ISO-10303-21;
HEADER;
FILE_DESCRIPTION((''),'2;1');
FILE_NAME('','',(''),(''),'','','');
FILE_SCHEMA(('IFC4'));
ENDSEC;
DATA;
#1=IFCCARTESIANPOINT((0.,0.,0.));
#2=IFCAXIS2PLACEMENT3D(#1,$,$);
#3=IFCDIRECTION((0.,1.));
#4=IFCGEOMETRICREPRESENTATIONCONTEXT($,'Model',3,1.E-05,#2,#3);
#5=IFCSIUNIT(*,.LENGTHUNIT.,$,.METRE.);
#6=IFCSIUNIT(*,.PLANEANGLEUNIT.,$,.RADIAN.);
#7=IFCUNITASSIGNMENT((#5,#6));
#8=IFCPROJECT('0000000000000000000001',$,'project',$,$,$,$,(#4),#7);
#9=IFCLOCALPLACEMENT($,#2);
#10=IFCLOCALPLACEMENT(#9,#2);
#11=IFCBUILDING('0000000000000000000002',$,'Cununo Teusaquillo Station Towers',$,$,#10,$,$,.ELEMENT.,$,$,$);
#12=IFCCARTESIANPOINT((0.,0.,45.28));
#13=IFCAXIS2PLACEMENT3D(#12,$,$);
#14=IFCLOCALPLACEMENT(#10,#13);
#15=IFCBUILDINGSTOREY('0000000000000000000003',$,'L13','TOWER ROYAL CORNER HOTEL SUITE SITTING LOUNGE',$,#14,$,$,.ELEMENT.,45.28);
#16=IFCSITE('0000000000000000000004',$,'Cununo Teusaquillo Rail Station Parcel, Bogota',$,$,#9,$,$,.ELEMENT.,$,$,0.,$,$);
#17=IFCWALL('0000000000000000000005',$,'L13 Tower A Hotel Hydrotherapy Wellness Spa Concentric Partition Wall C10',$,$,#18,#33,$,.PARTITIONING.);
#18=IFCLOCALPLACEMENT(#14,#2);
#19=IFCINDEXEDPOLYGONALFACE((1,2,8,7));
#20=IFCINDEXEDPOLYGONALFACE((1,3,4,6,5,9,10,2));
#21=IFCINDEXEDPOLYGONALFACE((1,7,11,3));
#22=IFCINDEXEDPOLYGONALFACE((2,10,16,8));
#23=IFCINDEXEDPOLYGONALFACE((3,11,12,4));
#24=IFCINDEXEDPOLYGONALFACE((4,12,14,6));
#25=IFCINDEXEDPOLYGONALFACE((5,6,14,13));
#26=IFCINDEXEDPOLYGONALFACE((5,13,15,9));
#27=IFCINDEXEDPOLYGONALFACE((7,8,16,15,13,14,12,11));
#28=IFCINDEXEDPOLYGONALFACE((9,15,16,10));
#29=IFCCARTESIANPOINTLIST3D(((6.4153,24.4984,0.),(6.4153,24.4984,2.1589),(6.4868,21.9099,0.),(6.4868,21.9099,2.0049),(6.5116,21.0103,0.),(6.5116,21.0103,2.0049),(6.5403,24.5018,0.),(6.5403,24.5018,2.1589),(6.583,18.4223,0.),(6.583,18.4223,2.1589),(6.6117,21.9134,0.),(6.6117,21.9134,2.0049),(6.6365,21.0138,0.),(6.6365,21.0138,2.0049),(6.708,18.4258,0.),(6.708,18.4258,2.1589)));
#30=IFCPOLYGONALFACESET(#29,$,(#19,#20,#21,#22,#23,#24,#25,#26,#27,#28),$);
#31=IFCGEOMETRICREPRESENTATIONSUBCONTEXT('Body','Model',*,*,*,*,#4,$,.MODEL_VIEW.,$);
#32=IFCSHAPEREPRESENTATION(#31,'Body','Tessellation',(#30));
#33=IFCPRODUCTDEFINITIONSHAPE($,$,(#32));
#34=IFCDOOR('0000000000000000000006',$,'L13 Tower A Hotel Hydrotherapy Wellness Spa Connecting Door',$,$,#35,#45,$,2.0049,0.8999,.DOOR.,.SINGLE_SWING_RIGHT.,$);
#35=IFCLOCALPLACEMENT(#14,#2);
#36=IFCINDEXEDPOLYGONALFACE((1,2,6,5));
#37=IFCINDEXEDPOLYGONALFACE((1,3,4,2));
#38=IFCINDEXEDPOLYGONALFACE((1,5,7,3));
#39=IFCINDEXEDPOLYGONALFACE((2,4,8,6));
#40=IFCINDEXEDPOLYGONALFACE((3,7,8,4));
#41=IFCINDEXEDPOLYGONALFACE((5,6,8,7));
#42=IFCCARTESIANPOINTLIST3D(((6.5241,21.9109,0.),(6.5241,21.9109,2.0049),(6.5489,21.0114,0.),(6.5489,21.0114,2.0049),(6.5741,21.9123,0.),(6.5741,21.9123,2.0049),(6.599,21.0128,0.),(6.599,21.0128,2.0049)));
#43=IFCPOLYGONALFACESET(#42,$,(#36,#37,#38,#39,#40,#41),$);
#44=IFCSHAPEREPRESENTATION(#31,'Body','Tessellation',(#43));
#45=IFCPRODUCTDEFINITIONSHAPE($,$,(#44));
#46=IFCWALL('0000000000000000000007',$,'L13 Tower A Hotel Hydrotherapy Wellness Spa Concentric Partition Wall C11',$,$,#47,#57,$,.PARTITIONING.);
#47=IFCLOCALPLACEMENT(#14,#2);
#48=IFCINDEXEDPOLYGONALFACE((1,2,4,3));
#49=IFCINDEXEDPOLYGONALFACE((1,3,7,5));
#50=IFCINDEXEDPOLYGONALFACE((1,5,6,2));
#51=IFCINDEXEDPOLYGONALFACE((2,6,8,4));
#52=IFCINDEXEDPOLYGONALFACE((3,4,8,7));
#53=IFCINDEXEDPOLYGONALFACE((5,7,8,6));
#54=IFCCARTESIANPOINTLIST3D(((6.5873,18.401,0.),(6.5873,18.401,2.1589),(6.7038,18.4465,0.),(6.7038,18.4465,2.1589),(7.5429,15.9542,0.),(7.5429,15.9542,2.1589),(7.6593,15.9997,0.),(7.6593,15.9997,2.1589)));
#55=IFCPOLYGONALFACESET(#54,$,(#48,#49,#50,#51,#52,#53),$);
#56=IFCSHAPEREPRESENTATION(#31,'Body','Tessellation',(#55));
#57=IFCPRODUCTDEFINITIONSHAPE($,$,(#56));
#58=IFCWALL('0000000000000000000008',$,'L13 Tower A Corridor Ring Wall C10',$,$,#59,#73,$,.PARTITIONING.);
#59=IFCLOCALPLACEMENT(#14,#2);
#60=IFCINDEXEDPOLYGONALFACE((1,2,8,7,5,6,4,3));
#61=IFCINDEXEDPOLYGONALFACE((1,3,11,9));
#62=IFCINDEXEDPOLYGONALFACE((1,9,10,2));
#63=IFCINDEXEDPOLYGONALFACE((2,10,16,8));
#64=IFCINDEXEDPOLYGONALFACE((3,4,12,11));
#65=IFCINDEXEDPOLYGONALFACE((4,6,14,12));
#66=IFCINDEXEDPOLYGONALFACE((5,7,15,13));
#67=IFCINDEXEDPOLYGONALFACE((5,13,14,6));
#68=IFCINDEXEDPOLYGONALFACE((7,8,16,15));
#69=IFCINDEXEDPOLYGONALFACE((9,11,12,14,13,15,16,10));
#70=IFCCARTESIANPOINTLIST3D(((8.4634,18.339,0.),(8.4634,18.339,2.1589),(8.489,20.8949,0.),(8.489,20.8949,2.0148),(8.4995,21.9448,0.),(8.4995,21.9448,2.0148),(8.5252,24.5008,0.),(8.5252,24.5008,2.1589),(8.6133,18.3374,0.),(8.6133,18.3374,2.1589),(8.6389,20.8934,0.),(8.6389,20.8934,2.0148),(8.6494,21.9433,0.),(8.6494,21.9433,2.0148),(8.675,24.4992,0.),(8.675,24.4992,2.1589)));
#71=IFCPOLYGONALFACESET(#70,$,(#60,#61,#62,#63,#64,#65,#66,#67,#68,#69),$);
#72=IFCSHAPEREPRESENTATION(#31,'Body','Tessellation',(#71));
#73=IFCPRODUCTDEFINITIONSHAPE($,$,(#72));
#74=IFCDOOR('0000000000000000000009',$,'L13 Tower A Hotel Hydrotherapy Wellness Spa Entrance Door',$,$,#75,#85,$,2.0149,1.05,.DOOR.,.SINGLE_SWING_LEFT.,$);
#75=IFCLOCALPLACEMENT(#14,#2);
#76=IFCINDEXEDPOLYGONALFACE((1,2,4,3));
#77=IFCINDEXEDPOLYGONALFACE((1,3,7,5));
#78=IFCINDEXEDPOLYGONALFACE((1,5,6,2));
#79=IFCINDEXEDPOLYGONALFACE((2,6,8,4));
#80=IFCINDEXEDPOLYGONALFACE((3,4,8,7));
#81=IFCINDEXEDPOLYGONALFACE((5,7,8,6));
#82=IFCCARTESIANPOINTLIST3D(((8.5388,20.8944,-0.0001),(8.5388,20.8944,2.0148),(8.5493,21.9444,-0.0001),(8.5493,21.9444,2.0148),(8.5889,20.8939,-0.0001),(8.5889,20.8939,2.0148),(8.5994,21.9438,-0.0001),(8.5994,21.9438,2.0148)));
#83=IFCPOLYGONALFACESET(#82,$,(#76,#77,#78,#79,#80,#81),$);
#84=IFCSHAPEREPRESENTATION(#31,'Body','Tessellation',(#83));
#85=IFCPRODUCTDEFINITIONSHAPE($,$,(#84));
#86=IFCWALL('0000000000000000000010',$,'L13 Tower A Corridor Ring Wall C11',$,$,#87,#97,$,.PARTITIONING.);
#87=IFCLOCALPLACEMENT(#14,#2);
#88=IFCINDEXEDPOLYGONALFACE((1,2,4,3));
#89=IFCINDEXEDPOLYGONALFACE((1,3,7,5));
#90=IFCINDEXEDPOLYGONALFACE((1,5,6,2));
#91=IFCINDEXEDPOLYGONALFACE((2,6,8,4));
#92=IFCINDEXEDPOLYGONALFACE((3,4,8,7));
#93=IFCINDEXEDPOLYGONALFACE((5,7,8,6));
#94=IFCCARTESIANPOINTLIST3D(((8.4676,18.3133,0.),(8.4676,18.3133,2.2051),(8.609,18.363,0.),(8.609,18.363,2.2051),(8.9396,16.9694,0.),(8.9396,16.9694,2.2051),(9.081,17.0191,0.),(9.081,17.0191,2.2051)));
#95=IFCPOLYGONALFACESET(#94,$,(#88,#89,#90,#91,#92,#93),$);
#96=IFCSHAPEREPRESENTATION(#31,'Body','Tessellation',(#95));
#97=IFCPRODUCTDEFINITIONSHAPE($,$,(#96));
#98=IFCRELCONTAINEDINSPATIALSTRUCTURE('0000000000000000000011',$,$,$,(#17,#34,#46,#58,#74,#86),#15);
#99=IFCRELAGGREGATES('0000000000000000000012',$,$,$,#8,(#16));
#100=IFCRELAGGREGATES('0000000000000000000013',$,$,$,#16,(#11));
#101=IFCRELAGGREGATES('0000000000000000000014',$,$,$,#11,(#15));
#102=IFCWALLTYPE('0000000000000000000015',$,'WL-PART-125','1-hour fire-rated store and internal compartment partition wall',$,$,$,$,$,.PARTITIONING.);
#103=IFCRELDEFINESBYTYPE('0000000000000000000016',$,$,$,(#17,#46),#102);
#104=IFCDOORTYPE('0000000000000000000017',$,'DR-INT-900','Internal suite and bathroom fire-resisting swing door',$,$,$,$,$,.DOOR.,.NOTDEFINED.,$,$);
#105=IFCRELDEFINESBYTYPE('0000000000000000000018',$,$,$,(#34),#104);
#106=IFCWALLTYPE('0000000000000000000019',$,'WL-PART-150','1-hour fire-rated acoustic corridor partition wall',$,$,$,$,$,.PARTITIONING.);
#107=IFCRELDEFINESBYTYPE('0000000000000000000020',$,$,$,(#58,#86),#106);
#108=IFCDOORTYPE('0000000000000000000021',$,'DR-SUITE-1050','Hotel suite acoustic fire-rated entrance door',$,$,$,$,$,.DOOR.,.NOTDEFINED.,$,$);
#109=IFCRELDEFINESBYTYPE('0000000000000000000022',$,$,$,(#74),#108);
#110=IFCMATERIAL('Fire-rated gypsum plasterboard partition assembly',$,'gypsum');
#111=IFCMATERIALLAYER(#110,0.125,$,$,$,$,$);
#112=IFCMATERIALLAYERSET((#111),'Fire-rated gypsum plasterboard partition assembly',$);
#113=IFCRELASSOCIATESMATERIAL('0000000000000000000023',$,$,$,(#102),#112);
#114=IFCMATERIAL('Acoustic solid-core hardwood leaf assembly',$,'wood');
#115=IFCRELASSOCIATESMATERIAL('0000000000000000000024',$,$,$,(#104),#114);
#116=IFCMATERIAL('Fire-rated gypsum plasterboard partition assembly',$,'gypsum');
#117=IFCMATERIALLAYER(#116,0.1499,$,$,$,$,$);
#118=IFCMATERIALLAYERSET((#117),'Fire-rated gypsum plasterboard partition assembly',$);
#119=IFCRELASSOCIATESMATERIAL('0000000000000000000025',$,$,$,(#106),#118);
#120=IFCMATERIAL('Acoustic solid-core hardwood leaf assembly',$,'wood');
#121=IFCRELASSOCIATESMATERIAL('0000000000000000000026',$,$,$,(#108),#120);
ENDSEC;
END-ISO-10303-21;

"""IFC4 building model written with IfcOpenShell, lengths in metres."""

from ifc_helpers import new_model, si_unit, direction, frame, frame_2d, origin, place, context, subcontext, project, spatial, rectangle, extrude, source, transform, mapped, material, layer, layer_set, type_object, element, fill, save


model = new_model("IFC4")

# Units and contexts
model_context = context("Model", 3, precision=1e-05, world=origin(), true_north=direction((0.0, 1.0)))
body_context = subcontext(model_context, "Body", "Model", "MODEL_VIEW")
ifc_project = project(units=[si_unit("LENGTHUNIT", "METRE"), si_unit("PLANEANGLEUNIT", "RADIAN")], contexts=[model_context])

# Site, building, storey
site_placement = place(None, origin())
site = spatial("IfcSite", under=ifc_project, at=site_placement, Name="Cununo Teusaquillo Rail Station Parcel, Bogota", CompositionType="ELEMENT", RefElevation=0.0)
building_placement = place(site_placement, origin())
building = spatial("IfcBuilding", under=site, at=building_placement, Name="Cununo Teusaquillo Station Towers", CompositionType="ELEMENT")
storey_placement = place(building_placement, frame((0.0, 0.0, 45.28)))
storey = spatial("IfcBuildingStorey", under=building, at=storey_placement, Name="L13", Description="TOWER ROYAL CORNER HOTEL SUITE SITTING LOUNGE", CompositionType="ELEMENT", Elevation=45.28)

# Wall, opening, door
ifc_material_1 = material(Name="Fire-rated gypsum plasterboard partition assembly", Category="gypsum")
ifc_layer_1 = layer(ifc_material_1, 0.125)
ifc_layer_set_1 = layer_set([ifc_layer_1], Name="Fire-rated gypsum plasterboard partition assembly")
wall_type_1 = type_object("IfcWallType", Name="WL-PART-125", Description="1-hour fire-rated store and internal compartment partition wall", PredefinedType="PARTITIONING", material=ifc_layer_set_1)
wall_1_placement = place(storey_placement, frame((6.4778, 24.5, 0.0), z_axis=(0.0, 0.0, 1.0), x_axis=(0.027593, -0.999619, 0.0)))
wall_1 = element("IfcWall", 1, at=wall_1_placement, inside=storey, type_object=wall_type_1, Name="L13 Tower A Hotel Hydrotherapy Wellness Spa Concentric Partition Wall C10", PredefinedType="PARTITIONING", context=body_context, shape_type="SweptSolid", body=[
    extrude(rectangle(XDim=6.0784, YDim=0.125, at=frame_2d((3.0391, 0.0))), origin(), (0.0, 0.0, 1.0), 2.1589),
])
shared_shape_1 = source(origin(), body_context, "Body", "SweptSolid", [
    extrude(rectangle(XDim=0.8999, YDim=2.0049, at=frame_2d((0.45, 1.0024))), frame((0.0, 0.0725, 0.0), z_axis=(0.0, -1.0, 0.0), x_axis=(1.0, 0.0, 0.0)), (0.0, 0.0, 1.0), 0.145),
])
opening_1_placement = place(wall_1_placement, frame((2.5894, 0.0, 0.0)))
opening_1 = element("IfcOpeningElement", 2, at=opening_1_placement, cuts=wall_1, PredefinedType="OPENING", context=body_context, shape_type="MappedRepresentation", body=[
    mapped(shared_shape_1, transform((0.0, 0.0, 0.0), x_axis=(1.0, 0.0, 0.0), y_axis=(0.0, 1.0, 0.0), z_axis=(0.0, 0.0, 1.0), scale=1.0)),
])
ifc_material_2 = material(Name="Acoustic solid-core hardwood leaf assembly", Category="wood")
door_type_1 = type_object("IfcDoorType", Name="DR-INT-900", Description="Internal suite and bathroom fire-resisting swing door", OperationType="NOTDEFINED", PredefinedType="DOOR", material=ifc_material_2)
shared_shape_2 = source(origin(), body_context, "Body", "SweptSolid", [
    extrude(rectangle(XDim=0.8999, YDim=2.0049, at=frame_2d((0.45, 1.0024))), frame((0.0, 0.0249, 0.0), z_axis=(0.0, -1.0, 0.0), x_axis=(1.0, 0.0, 0.0)), (0.0, 0.0, 1.0), 0.05),
])
door_1_placement = place(opening_1_placement, origin())
door_1 = element("IfcDoor", 3, at=door_1_placement, inside=storey, type_object=door_type_1, Name="L13 Tower A Hotel Hydrotherapy Wellness Spa Connecting Door", OperationType="SINGLE_SWING_RIGHT", OverallHeight=2.0049, OverallWidth=0.8999, PredefinedType="DOOR", context=body_context, shape_type="MappedRepresentation", body=[
    mapped(shared_shape_2, transform((0.0, 0.0, 0.0), x_axis=(1.0, 0.0, 0.0), y_axis=(0.0, 1.0, 0.0), z_axis=(0.0, 0.0, 1.0), scale=1.0)),
])
fill(opening_1, door_1)

# Wall
wall_2_placement = place(storey_placement, frame((6.6455, 18.4238, 0.0), z_axis=(0.0, 0.0, 1.0), x_axis=(0.363782, -0.931484, 0.0)))
element("IfcWall", 4, at=wall_2_placement, inside=storey, type_object=wall_type_1, Name="L13 Tower A Hotel Hydrotherapy Wellness Spa Concentric Partition Wall C11", PredefinedType="PARTITIONING", context=body_context, shape_type="SweptSolid", body=[
    extrude(rectangle(XDim=2.6267, YDim=0.125, at=frame_2d((1.3135, 0.0))), origin(), (0.0, 0.0, 1.0), 2.1589),
])

# Wall, opening, door
ifc_material_3 = material(Name="Fire-rated gypsum plasterboard partition assembly", Category="gypsum")
ifc_layer_2 = layer(ifc_material_3, 0.1499)
ifc_layer_set_2 = layer_set([ifc_layer_2], Name="Fire-rated gypsum plasterboard partition assembly")
wall_type_2 = type_object("IfcWallType", Name="WL-PART-150", Description="1-hour fire-rated acoustic corridor partition wall", PredefinedType="PARTITIONING", material=ifc_layer_set_2)
wall_3_placement = place(storey_placement, frame((8.6001, 24.5, 0.0), z_axis=(0.0, 0.0, 1.0), x_axis=(-0.010024, -0.99995, 0.0)))
wall_3 = element("IfcWall", 5, at=wall_3_placement, inside=storey, type_object=wall_type_2, Name="L13 Tower A Corridor Ring Wall C10", PredefinedType="PARTITIONING", context=body_context, shape_type="SweptSolid", body=[
    extrude(rectangle(XDim=6.1621, YDim=0.1499, at=frame_2d((3.0811, 0.0))), origin(), (0.0, 0.0, 1.0), 2.1589),
])
shared_shape_3 = source(origin(), body_context, "Body", "SweptSolid", [
    extrude(rectangle(XDim=1.05, YDim=2.0149, at=frame_2d((0.5249, 1.0073))), frame((0.0, 0.085, 0.0), z_axis=(0.0, -1.0, 0.0), x_axis=(1.0, 0.0, 0.0)), (0.0, 0.0, 1.0), 0.1699),
])
opening_2_placement = place(wall_3_placement, frame((2.5562, 0.0, 0.0)))
opening_2 = element("IfcOpeningElement", 6, at=opening_2_placement, cuts=wall_3, PredefinedType="OPENING", context=body_context, shape_type="MappedRepresentation", body=[
    mapped(shared_shape_3, transform((0.0, 0.0, 0.0), x_axis=(1.0, 0.0, 0.0), y_axis=(0.0, 1.0, 0.0), z_axis=(0.0, 0.0, 1.0), scale=1.0)),
])
ifc_material_4 = material(Name="Acoustic solid-core hardwood leaf assembly", Category="wood")
door_type_2 = type_object("IfcDoorType", Name="DR-SUITE-1050", Description="Hotel suite acoustic fire-rated entrance door", OperationType="NOTDEFINED", PredefinedType="DOOR", material=ifc_material_4)
shared_shape_4 = source(origin(), body_context, "Body", "SweptSolid", [
    extrude(rectangle(XDim=1.05, YDim=2.0149, at=frame_2d((0.5249, 1.0073))), frame((0.0, 0.0249, 0.0), z_axis=(0.0, -1.0, 0.0), x_axis=(1.0, 0.0, 0.0)), (0.0, 0.0, 1.0), 0.05),
])
door_2_placement = place(opening_2_placement, origin())
door_2 = element("IfcDoor", 7, at=door_2_placement, inside=storey, type_object=door_type_2, Name="L13 Tower A Hotel Hydrotherapy Wellness Spa Entrance Door", OperationType="SINGLE_SWING_LEFT", OverallHeight=2.0149, OverallWidth=1.05, PredefinedType="DOOR", context=body_context, shape_type="MappedRepresentation", body=[
    mapped(shared_shape_4, transform((0.0, 0.0, 0.0), x_axis=(1.0, 0.0, 0.0), y_axis=(0.0, 1.0, 0.0), z_axis=(0.0, 0.0, 1.0), scale=1.0)),
])
fill(opening_2, door_2)

# Wall
wall_4_placement = place(storey_placement, frame((8.5383, 18.3381, 0.0), z_axis=(0.0, 0.0, 1.0), x_axis=(0.331358, -0.943505, 0.0)))
element("IfcWall", 8, at=wall_4_placement, inside=storey, type_object=wall_type_2, Name="L13 Tower A Corridor Ring Wall C11", PredefinedType="PARTITIONING", context=body_context, shape_type="SweptSolid", body=[
    extrude(rectangle(XDim=1.4243, YDim=0.1499, at=frame_2d((0.7122, 0.0))), origin(), (0.0, 0.0, 1.0), 2.2051),
])

save(model, "model.ifc")
